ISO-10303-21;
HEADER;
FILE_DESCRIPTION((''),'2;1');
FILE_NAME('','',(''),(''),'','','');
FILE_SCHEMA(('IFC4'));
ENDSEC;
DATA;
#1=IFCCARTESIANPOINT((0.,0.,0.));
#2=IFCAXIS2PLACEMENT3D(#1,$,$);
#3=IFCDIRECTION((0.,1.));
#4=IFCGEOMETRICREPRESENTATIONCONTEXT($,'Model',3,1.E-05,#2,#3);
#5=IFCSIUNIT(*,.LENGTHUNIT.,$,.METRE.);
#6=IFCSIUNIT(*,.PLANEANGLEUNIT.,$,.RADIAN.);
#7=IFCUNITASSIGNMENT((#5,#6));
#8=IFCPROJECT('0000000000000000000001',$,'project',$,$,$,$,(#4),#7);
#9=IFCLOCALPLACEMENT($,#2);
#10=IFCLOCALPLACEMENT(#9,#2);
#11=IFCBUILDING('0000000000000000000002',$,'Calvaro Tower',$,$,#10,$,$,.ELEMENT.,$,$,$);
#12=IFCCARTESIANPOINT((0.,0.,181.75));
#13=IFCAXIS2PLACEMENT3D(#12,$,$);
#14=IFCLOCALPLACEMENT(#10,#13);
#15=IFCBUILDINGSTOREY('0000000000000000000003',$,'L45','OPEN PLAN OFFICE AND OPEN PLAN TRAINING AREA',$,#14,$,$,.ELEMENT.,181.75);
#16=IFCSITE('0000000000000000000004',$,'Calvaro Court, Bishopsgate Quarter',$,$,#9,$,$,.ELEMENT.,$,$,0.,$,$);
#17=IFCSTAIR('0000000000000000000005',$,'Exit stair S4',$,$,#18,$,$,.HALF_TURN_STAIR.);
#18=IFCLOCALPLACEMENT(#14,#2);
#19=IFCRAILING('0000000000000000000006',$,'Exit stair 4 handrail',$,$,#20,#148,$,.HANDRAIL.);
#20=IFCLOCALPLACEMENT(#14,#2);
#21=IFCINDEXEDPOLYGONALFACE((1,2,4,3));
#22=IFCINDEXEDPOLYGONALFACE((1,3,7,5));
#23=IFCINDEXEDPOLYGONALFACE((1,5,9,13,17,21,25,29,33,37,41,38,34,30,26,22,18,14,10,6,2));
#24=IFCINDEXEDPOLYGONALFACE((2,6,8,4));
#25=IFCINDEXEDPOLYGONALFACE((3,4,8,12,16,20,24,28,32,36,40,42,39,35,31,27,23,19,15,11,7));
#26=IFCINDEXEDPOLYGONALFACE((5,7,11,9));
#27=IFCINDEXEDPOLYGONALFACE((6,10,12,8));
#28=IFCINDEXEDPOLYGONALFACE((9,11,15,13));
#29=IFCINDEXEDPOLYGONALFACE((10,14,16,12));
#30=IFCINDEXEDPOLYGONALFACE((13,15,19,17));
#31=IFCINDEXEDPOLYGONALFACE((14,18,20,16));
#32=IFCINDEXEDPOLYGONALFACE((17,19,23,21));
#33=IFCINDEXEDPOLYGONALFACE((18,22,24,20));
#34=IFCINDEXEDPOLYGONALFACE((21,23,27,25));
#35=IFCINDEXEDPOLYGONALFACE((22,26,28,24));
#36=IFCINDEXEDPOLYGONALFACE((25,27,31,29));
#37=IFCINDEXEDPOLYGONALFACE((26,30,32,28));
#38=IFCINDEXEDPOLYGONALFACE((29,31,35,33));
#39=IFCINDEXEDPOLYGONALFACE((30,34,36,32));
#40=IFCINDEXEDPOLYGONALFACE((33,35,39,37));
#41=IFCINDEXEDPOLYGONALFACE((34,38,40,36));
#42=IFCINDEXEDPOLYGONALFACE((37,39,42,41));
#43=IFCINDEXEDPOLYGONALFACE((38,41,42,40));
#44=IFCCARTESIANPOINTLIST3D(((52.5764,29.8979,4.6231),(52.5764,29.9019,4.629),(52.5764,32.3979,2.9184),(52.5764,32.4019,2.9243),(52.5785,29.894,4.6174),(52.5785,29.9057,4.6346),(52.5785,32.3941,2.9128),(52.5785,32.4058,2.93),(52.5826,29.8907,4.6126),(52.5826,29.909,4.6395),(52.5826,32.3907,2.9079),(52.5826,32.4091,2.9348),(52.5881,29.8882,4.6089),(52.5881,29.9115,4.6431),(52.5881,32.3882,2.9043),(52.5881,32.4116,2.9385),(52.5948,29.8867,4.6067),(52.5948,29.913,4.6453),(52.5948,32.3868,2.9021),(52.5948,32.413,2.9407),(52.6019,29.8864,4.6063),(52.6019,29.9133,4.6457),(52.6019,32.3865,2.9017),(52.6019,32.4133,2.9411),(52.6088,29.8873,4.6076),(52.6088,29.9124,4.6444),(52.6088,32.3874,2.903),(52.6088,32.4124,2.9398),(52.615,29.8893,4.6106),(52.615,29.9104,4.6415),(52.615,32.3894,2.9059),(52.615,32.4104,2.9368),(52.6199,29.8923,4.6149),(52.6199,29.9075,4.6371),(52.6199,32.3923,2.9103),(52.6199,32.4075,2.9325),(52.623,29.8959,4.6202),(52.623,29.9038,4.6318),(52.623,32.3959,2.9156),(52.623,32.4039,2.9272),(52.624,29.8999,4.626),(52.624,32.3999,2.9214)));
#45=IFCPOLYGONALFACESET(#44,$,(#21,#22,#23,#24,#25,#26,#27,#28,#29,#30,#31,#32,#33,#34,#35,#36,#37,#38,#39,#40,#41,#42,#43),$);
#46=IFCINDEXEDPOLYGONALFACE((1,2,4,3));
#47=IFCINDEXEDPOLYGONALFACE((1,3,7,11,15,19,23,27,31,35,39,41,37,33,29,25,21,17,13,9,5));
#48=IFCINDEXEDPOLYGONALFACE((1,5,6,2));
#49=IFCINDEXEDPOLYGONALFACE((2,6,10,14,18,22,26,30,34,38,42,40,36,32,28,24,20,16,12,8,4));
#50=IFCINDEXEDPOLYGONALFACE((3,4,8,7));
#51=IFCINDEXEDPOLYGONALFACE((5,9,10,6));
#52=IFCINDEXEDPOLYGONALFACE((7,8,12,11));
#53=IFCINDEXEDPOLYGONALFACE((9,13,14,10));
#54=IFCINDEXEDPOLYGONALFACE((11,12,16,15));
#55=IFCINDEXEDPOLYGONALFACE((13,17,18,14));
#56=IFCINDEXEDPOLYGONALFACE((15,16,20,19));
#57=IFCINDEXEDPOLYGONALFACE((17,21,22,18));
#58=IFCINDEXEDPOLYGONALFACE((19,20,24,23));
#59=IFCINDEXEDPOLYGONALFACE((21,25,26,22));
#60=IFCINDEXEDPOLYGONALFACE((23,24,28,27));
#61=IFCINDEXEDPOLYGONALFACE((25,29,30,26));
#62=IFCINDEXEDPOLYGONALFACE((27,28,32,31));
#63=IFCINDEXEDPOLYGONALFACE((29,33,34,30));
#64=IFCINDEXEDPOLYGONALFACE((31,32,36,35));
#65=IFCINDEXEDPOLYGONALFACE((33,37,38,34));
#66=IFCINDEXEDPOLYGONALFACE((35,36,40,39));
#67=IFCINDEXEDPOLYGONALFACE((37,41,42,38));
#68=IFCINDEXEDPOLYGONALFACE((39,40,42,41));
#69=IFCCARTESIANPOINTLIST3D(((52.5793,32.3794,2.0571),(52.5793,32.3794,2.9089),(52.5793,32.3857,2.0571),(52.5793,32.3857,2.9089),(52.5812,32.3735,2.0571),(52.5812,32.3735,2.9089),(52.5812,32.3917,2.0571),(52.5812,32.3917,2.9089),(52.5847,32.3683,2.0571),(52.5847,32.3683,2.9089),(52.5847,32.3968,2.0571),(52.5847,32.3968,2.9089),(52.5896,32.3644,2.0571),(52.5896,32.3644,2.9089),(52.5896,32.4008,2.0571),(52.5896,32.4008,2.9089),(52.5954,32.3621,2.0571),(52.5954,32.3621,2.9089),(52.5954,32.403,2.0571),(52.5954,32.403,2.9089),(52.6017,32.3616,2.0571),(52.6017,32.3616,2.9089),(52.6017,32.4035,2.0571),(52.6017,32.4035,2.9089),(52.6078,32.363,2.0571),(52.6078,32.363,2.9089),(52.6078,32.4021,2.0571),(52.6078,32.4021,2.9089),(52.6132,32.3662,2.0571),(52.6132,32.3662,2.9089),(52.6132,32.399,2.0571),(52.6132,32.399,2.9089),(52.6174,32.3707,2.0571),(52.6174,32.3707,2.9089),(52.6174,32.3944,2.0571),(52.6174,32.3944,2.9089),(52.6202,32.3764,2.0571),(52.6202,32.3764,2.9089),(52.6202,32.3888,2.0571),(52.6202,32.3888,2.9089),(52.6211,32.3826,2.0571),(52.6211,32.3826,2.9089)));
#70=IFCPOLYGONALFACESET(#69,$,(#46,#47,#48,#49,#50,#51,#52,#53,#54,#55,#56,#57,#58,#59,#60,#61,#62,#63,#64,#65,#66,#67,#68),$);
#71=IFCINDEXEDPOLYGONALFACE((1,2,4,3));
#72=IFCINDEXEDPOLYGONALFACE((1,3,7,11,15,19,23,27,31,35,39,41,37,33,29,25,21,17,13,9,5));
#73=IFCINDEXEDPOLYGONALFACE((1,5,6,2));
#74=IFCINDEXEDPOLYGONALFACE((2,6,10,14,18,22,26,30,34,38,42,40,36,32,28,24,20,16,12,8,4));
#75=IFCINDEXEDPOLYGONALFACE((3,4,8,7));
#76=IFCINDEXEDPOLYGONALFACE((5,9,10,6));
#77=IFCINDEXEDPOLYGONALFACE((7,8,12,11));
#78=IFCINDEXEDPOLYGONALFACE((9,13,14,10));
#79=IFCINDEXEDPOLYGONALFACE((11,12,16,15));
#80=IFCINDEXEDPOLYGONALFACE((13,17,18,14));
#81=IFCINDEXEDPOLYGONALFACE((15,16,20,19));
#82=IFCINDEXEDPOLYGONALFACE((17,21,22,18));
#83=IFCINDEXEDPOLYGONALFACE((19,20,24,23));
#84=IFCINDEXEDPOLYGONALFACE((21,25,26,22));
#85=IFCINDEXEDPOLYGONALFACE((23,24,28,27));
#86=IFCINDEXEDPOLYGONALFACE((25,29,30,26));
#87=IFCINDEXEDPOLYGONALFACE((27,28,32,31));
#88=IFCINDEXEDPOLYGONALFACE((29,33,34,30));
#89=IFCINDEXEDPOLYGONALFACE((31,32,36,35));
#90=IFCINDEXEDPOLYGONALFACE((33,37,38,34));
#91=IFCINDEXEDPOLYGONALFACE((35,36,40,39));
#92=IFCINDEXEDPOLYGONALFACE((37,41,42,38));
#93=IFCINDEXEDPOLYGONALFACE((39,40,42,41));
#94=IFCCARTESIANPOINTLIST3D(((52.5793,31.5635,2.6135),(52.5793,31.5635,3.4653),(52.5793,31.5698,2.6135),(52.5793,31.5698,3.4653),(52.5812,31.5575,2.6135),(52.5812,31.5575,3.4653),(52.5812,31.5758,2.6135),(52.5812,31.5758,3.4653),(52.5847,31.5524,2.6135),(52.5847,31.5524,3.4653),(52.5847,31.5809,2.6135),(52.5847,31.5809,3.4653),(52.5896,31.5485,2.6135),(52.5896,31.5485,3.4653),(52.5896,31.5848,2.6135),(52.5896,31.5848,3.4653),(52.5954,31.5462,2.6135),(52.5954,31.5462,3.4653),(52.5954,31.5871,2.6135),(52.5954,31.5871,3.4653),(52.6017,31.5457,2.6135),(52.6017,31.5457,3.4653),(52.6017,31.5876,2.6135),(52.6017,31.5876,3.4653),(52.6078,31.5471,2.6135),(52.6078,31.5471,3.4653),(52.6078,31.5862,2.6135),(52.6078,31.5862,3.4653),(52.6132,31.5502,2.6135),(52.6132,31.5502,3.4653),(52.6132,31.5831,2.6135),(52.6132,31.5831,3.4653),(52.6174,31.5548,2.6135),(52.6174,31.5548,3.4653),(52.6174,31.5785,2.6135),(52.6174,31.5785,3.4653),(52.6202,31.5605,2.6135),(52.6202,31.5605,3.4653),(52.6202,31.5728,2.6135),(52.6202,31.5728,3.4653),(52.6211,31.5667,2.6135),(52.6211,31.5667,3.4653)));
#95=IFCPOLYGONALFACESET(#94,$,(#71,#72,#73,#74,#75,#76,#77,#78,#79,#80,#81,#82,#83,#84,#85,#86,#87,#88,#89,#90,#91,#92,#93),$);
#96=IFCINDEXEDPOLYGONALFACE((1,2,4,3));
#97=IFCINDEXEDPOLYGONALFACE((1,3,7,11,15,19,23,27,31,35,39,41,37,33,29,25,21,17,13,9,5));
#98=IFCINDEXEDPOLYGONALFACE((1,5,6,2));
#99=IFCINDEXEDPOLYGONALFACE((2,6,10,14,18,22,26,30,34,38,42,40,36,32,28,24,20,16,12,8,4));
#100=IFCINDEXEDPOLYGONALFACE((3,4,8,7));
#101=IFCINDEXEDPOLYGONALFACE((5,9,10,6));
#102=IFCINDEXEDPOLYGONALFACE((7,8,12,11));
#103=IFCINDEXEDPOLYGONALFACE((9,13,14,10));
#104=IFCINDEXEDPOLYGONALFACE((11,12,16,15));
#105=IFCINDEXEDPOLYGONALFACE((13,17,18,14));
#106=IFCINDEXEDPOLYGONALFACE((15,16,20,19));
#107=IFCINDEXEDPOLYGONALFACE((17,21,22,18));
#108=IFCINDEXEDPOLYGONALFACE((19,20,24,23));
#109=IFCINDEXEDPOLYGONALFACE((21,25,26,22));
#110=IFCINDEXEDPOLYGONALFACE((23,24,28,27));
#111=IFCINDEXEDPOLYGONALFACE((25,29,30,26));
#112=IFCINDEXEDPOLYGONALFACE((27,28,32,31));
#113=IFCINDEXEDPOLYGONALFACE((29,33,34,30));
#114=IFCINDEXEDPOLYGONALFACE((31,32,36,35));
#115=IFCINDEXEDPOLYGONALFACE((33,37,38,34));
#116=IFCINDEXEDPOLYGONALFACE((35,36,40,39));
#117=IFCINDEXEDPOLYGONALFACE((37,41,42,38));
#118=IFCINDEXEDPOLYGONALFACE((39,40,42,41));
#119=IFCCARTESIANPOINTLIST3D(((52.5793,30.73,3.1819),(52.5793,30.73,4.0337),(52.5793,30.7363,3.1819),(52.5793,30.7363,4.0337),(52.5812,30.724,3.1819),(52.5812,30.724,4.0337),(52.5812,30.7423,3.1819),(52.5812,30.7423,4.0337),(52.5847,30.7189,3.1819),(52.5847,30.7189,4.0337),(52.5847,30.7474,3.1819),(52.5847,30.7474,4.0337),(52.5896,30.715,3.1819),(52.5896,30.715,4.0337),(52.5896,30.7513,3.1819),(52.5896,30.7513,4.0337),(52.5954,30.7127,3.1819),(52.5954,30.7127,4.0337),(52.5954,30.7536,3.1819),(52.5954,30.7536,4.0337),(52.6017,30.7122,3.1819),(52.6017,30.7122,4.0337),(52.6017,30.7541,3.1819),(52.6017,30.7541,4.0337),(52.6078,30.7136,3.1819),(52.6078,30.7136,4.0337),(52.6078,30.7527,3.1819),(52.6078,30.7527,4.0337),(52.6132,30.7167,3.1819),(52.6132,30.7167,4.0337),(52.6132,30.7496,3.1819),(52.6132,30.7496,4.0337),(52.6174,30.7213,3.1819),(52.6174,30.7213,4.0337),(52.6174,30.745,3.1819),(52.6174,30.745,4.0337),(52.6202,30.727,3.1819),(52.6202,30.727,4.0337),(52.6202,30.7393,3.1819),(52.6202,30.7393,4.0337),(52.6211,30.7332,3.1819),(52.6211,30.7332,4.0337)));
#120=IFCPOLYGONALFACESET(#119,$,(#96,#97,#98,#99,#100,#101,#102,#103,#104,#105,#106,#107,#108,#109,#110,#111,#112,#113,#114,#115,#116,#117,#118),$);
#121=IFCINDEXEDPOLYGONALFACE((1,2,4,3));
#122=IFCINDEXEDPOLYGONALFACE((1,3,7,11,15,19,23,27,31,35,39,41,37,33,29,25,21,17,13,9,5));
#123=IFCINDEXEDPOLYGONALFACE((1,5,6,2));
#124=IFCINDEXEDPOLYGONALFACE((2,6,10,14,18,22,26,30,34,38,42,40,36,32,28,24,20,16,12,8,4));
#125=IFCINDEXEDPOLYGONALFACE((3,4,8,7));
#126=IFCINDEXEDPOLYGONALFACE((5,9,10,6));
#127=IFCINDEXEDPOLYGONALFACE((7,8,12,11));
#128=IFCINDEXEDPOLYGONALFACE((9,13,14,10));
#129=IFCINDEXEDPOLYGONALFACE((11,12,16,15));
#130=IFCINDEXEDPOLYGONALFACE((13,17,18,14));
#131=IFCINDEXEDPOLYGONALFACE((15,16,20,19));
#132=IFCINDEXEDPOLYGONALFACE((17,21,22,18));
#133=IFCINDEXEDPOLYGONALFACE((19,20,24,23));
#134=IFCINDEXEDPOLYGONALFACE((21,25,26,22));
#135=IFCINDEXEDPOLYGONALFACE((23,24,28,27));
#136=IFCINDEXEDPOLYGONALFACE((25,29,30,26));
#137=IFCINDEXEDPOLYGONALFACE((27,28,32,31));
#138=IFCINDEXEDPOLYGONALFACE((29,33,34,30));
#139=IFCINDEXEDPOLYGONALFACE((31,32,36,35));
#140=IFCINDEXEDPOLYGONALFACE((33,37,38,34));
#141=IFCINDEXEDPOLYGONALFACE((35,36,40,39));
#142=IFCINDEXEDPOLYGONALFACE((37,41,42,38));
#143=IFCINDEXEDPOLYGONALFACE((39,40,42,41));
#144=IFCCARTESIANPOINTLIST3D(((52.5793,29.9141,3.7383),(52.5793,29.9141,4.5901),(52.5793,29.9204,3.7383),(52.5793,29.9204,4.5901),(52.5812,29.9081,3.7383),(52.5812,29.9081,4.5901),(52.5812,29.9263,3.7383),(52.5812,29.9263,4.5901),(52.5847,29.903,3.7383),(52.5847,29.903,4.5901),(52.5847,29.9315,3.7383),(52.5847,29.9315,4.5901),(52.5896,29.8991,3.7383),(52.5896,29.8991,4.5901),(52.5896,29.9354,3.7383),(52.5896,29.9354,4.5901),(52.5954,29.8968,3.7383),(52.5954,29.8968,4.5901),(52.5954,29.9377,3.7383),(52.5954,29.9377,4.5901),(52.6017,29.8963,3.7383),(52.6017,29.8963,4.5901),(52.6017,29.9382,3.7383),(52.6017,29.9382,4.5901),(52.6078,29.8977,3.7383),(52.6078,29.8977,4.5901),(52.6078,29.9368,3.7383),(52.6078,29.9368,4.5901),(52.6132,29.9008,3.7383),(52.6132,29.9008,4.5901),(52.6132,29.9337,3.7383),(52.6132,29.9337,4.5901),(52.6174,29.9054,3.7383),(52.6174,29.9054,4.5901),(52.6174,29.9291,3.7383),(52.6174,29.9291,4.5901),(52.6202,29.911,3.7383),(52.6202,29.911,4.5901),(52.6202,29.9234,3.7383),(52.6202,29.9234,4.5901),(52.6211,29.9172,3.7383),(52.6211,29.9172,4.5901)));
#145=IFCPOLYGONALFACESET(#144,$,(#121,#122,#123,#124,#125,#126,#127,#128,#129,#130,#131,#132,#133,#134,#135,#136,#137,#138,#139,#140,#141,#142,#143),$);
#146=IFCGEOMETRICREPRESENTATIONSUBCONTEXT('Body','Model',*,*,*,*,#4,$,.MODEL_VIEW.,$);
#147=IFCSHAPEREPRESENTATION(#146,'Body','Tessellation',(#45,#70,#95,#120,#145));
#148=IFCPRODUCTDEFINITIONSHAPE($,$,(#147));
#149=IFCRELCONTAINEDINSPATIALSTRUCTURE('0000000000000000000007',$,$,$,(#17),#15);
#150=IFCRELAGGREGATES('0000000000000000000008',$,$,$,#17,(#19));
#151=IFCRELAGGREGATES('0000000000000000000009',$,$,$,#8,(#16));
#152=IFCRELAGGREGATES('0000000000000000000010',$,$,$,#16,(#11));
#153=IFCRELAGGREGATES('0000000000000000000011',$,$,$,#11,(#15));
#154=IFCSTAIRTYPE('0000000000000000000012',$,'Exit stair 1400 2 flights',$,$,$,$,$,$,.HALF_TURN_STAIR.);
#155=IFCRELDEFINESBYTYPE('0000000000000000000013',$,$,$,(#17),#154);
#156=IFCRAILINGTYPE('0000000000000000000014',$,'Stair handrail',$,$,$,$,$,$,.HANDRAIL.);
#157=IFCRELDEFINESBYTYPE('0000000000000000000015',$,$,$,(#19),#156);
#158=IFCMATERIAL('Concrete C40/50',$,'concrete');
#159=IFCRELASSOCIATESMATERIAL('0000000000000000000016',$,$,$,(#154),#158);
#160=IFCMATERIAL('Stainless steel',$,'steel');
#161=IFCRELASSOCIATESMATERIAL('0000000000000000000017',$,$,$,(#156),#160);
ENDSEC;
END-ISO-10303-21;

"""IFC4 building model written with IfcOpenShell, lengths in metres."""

from ifc_helpers import new_model, si_unit, direction, frame, origin, origin_2d, place, context, subcontext, project, spatial, circle, extrude, material, type_object, element, aggregate, save


model = new_model("IFC4")

# Units and contexts
model_context = context("Model", 3, precision=1e-05, world=origin(), true_north=direction((0.0, 1.0)))
body_context = subcontext(model_context, "Body", "Model", "MODEL_VIEW")
ifc_project = project(units=[si_unit("LENGTHUNIT", "METRE"), si_unit("PLANEANGLEUNIT", "RADIAN")], contexts=[model_context])

# Site, building, storey
site_placement = place(None, origin())
site = spatial("IfcSite", under=ifc_project, at=site_placement, Name="Calvaro Court, Bishopsgate Quarter", CompositionType="ELEMENT", RefElevation=0.0)
building_placement = place(site_placement, origin())
building = spatial("IfcBuilding", under=site, at=building_placement, Name="Calvaro Tower", CompositionType="ELEMENT")
storey_placement = place(building_placement, frame((0.0, 0.0, 181.75)))
storey = spatial("IfcBuildingStorey", under=building, at=storey_placement, Name="L45", Description="OPEN PLAN OFFICE AND OPEN PLAN TRAINING AREA", CompositionType="ELEMENT", Elevation=181.75)

# Stair
ifc_material_1 = material(Name="Concrete C40/50", Category="concrete")
stair_type = type_object("IfcStairType", Name="Exit stair 1400 2 flights", PredefinedType="HALF_TURN_STAIR", material=ifc_material_1)
stair_1_placement = place(storey_placement, origin())
stair_1 = element("IfcStair", 1, at=stair_1_placement, inside=storey, type_object=stair_type, Name="Exit stair S4", PredefinedType="HALF_TURN_STAIR")

# Railing
ifc_material_2 = material(Name="Stainless steel", Category="steel")
railing_type = type_object("IfcRailingType", Name="Stair handrail", PredefinedType="HANDRAIL", material=ifc_material_2)
railing_1_placement = place(storey_placement, frame((52.6001, 32.3999, 2.0454)))
railing_1 = element("IfcRailing", 2, at=railing_1_placement, type_object=railing_type, Name="Exit stair 4 handrail", PredefinedType="HANDRAIL", context=body_context, shape_type="SweptSolid", body=[
    extrude(circle(Radius=0.0239, at=origin_2d()), frame((0.0, 0.0, 0.876), z_axis=(0.0, -0.826221, 0.563347), x_axis=(1.0, 0.0, 0.0)), (0.0, 0.0, 1.0), 3.0259),
    extrude(circle(Radius=0.021, at=origin_2d()), frame((0.0, -0.0173, 0.0117)), (0.0, 0.0, 1.0), 0.8518),
    extrude(circle(Radius=0.021, at=origin_2d()), frame((0.0, -0.8333, 0.5681)), (0.0, 0.0, 1.0), 0.8518),
    extrude(circle(Radius=0.021, at=origin_2d()), frame((0.0, -1.6667, 1.1365)), (0.0, 0.0, 1.0), 0.8518),
    extrude(circle(Radius=0.021, at=origin_2d()), frame((0.0, -2.4827, 1.6929)), (0.0, 0.0, 1.0), 0.8518),
])
aggregate(stair_1, [railing_1])

save(model, "model.ifc")
